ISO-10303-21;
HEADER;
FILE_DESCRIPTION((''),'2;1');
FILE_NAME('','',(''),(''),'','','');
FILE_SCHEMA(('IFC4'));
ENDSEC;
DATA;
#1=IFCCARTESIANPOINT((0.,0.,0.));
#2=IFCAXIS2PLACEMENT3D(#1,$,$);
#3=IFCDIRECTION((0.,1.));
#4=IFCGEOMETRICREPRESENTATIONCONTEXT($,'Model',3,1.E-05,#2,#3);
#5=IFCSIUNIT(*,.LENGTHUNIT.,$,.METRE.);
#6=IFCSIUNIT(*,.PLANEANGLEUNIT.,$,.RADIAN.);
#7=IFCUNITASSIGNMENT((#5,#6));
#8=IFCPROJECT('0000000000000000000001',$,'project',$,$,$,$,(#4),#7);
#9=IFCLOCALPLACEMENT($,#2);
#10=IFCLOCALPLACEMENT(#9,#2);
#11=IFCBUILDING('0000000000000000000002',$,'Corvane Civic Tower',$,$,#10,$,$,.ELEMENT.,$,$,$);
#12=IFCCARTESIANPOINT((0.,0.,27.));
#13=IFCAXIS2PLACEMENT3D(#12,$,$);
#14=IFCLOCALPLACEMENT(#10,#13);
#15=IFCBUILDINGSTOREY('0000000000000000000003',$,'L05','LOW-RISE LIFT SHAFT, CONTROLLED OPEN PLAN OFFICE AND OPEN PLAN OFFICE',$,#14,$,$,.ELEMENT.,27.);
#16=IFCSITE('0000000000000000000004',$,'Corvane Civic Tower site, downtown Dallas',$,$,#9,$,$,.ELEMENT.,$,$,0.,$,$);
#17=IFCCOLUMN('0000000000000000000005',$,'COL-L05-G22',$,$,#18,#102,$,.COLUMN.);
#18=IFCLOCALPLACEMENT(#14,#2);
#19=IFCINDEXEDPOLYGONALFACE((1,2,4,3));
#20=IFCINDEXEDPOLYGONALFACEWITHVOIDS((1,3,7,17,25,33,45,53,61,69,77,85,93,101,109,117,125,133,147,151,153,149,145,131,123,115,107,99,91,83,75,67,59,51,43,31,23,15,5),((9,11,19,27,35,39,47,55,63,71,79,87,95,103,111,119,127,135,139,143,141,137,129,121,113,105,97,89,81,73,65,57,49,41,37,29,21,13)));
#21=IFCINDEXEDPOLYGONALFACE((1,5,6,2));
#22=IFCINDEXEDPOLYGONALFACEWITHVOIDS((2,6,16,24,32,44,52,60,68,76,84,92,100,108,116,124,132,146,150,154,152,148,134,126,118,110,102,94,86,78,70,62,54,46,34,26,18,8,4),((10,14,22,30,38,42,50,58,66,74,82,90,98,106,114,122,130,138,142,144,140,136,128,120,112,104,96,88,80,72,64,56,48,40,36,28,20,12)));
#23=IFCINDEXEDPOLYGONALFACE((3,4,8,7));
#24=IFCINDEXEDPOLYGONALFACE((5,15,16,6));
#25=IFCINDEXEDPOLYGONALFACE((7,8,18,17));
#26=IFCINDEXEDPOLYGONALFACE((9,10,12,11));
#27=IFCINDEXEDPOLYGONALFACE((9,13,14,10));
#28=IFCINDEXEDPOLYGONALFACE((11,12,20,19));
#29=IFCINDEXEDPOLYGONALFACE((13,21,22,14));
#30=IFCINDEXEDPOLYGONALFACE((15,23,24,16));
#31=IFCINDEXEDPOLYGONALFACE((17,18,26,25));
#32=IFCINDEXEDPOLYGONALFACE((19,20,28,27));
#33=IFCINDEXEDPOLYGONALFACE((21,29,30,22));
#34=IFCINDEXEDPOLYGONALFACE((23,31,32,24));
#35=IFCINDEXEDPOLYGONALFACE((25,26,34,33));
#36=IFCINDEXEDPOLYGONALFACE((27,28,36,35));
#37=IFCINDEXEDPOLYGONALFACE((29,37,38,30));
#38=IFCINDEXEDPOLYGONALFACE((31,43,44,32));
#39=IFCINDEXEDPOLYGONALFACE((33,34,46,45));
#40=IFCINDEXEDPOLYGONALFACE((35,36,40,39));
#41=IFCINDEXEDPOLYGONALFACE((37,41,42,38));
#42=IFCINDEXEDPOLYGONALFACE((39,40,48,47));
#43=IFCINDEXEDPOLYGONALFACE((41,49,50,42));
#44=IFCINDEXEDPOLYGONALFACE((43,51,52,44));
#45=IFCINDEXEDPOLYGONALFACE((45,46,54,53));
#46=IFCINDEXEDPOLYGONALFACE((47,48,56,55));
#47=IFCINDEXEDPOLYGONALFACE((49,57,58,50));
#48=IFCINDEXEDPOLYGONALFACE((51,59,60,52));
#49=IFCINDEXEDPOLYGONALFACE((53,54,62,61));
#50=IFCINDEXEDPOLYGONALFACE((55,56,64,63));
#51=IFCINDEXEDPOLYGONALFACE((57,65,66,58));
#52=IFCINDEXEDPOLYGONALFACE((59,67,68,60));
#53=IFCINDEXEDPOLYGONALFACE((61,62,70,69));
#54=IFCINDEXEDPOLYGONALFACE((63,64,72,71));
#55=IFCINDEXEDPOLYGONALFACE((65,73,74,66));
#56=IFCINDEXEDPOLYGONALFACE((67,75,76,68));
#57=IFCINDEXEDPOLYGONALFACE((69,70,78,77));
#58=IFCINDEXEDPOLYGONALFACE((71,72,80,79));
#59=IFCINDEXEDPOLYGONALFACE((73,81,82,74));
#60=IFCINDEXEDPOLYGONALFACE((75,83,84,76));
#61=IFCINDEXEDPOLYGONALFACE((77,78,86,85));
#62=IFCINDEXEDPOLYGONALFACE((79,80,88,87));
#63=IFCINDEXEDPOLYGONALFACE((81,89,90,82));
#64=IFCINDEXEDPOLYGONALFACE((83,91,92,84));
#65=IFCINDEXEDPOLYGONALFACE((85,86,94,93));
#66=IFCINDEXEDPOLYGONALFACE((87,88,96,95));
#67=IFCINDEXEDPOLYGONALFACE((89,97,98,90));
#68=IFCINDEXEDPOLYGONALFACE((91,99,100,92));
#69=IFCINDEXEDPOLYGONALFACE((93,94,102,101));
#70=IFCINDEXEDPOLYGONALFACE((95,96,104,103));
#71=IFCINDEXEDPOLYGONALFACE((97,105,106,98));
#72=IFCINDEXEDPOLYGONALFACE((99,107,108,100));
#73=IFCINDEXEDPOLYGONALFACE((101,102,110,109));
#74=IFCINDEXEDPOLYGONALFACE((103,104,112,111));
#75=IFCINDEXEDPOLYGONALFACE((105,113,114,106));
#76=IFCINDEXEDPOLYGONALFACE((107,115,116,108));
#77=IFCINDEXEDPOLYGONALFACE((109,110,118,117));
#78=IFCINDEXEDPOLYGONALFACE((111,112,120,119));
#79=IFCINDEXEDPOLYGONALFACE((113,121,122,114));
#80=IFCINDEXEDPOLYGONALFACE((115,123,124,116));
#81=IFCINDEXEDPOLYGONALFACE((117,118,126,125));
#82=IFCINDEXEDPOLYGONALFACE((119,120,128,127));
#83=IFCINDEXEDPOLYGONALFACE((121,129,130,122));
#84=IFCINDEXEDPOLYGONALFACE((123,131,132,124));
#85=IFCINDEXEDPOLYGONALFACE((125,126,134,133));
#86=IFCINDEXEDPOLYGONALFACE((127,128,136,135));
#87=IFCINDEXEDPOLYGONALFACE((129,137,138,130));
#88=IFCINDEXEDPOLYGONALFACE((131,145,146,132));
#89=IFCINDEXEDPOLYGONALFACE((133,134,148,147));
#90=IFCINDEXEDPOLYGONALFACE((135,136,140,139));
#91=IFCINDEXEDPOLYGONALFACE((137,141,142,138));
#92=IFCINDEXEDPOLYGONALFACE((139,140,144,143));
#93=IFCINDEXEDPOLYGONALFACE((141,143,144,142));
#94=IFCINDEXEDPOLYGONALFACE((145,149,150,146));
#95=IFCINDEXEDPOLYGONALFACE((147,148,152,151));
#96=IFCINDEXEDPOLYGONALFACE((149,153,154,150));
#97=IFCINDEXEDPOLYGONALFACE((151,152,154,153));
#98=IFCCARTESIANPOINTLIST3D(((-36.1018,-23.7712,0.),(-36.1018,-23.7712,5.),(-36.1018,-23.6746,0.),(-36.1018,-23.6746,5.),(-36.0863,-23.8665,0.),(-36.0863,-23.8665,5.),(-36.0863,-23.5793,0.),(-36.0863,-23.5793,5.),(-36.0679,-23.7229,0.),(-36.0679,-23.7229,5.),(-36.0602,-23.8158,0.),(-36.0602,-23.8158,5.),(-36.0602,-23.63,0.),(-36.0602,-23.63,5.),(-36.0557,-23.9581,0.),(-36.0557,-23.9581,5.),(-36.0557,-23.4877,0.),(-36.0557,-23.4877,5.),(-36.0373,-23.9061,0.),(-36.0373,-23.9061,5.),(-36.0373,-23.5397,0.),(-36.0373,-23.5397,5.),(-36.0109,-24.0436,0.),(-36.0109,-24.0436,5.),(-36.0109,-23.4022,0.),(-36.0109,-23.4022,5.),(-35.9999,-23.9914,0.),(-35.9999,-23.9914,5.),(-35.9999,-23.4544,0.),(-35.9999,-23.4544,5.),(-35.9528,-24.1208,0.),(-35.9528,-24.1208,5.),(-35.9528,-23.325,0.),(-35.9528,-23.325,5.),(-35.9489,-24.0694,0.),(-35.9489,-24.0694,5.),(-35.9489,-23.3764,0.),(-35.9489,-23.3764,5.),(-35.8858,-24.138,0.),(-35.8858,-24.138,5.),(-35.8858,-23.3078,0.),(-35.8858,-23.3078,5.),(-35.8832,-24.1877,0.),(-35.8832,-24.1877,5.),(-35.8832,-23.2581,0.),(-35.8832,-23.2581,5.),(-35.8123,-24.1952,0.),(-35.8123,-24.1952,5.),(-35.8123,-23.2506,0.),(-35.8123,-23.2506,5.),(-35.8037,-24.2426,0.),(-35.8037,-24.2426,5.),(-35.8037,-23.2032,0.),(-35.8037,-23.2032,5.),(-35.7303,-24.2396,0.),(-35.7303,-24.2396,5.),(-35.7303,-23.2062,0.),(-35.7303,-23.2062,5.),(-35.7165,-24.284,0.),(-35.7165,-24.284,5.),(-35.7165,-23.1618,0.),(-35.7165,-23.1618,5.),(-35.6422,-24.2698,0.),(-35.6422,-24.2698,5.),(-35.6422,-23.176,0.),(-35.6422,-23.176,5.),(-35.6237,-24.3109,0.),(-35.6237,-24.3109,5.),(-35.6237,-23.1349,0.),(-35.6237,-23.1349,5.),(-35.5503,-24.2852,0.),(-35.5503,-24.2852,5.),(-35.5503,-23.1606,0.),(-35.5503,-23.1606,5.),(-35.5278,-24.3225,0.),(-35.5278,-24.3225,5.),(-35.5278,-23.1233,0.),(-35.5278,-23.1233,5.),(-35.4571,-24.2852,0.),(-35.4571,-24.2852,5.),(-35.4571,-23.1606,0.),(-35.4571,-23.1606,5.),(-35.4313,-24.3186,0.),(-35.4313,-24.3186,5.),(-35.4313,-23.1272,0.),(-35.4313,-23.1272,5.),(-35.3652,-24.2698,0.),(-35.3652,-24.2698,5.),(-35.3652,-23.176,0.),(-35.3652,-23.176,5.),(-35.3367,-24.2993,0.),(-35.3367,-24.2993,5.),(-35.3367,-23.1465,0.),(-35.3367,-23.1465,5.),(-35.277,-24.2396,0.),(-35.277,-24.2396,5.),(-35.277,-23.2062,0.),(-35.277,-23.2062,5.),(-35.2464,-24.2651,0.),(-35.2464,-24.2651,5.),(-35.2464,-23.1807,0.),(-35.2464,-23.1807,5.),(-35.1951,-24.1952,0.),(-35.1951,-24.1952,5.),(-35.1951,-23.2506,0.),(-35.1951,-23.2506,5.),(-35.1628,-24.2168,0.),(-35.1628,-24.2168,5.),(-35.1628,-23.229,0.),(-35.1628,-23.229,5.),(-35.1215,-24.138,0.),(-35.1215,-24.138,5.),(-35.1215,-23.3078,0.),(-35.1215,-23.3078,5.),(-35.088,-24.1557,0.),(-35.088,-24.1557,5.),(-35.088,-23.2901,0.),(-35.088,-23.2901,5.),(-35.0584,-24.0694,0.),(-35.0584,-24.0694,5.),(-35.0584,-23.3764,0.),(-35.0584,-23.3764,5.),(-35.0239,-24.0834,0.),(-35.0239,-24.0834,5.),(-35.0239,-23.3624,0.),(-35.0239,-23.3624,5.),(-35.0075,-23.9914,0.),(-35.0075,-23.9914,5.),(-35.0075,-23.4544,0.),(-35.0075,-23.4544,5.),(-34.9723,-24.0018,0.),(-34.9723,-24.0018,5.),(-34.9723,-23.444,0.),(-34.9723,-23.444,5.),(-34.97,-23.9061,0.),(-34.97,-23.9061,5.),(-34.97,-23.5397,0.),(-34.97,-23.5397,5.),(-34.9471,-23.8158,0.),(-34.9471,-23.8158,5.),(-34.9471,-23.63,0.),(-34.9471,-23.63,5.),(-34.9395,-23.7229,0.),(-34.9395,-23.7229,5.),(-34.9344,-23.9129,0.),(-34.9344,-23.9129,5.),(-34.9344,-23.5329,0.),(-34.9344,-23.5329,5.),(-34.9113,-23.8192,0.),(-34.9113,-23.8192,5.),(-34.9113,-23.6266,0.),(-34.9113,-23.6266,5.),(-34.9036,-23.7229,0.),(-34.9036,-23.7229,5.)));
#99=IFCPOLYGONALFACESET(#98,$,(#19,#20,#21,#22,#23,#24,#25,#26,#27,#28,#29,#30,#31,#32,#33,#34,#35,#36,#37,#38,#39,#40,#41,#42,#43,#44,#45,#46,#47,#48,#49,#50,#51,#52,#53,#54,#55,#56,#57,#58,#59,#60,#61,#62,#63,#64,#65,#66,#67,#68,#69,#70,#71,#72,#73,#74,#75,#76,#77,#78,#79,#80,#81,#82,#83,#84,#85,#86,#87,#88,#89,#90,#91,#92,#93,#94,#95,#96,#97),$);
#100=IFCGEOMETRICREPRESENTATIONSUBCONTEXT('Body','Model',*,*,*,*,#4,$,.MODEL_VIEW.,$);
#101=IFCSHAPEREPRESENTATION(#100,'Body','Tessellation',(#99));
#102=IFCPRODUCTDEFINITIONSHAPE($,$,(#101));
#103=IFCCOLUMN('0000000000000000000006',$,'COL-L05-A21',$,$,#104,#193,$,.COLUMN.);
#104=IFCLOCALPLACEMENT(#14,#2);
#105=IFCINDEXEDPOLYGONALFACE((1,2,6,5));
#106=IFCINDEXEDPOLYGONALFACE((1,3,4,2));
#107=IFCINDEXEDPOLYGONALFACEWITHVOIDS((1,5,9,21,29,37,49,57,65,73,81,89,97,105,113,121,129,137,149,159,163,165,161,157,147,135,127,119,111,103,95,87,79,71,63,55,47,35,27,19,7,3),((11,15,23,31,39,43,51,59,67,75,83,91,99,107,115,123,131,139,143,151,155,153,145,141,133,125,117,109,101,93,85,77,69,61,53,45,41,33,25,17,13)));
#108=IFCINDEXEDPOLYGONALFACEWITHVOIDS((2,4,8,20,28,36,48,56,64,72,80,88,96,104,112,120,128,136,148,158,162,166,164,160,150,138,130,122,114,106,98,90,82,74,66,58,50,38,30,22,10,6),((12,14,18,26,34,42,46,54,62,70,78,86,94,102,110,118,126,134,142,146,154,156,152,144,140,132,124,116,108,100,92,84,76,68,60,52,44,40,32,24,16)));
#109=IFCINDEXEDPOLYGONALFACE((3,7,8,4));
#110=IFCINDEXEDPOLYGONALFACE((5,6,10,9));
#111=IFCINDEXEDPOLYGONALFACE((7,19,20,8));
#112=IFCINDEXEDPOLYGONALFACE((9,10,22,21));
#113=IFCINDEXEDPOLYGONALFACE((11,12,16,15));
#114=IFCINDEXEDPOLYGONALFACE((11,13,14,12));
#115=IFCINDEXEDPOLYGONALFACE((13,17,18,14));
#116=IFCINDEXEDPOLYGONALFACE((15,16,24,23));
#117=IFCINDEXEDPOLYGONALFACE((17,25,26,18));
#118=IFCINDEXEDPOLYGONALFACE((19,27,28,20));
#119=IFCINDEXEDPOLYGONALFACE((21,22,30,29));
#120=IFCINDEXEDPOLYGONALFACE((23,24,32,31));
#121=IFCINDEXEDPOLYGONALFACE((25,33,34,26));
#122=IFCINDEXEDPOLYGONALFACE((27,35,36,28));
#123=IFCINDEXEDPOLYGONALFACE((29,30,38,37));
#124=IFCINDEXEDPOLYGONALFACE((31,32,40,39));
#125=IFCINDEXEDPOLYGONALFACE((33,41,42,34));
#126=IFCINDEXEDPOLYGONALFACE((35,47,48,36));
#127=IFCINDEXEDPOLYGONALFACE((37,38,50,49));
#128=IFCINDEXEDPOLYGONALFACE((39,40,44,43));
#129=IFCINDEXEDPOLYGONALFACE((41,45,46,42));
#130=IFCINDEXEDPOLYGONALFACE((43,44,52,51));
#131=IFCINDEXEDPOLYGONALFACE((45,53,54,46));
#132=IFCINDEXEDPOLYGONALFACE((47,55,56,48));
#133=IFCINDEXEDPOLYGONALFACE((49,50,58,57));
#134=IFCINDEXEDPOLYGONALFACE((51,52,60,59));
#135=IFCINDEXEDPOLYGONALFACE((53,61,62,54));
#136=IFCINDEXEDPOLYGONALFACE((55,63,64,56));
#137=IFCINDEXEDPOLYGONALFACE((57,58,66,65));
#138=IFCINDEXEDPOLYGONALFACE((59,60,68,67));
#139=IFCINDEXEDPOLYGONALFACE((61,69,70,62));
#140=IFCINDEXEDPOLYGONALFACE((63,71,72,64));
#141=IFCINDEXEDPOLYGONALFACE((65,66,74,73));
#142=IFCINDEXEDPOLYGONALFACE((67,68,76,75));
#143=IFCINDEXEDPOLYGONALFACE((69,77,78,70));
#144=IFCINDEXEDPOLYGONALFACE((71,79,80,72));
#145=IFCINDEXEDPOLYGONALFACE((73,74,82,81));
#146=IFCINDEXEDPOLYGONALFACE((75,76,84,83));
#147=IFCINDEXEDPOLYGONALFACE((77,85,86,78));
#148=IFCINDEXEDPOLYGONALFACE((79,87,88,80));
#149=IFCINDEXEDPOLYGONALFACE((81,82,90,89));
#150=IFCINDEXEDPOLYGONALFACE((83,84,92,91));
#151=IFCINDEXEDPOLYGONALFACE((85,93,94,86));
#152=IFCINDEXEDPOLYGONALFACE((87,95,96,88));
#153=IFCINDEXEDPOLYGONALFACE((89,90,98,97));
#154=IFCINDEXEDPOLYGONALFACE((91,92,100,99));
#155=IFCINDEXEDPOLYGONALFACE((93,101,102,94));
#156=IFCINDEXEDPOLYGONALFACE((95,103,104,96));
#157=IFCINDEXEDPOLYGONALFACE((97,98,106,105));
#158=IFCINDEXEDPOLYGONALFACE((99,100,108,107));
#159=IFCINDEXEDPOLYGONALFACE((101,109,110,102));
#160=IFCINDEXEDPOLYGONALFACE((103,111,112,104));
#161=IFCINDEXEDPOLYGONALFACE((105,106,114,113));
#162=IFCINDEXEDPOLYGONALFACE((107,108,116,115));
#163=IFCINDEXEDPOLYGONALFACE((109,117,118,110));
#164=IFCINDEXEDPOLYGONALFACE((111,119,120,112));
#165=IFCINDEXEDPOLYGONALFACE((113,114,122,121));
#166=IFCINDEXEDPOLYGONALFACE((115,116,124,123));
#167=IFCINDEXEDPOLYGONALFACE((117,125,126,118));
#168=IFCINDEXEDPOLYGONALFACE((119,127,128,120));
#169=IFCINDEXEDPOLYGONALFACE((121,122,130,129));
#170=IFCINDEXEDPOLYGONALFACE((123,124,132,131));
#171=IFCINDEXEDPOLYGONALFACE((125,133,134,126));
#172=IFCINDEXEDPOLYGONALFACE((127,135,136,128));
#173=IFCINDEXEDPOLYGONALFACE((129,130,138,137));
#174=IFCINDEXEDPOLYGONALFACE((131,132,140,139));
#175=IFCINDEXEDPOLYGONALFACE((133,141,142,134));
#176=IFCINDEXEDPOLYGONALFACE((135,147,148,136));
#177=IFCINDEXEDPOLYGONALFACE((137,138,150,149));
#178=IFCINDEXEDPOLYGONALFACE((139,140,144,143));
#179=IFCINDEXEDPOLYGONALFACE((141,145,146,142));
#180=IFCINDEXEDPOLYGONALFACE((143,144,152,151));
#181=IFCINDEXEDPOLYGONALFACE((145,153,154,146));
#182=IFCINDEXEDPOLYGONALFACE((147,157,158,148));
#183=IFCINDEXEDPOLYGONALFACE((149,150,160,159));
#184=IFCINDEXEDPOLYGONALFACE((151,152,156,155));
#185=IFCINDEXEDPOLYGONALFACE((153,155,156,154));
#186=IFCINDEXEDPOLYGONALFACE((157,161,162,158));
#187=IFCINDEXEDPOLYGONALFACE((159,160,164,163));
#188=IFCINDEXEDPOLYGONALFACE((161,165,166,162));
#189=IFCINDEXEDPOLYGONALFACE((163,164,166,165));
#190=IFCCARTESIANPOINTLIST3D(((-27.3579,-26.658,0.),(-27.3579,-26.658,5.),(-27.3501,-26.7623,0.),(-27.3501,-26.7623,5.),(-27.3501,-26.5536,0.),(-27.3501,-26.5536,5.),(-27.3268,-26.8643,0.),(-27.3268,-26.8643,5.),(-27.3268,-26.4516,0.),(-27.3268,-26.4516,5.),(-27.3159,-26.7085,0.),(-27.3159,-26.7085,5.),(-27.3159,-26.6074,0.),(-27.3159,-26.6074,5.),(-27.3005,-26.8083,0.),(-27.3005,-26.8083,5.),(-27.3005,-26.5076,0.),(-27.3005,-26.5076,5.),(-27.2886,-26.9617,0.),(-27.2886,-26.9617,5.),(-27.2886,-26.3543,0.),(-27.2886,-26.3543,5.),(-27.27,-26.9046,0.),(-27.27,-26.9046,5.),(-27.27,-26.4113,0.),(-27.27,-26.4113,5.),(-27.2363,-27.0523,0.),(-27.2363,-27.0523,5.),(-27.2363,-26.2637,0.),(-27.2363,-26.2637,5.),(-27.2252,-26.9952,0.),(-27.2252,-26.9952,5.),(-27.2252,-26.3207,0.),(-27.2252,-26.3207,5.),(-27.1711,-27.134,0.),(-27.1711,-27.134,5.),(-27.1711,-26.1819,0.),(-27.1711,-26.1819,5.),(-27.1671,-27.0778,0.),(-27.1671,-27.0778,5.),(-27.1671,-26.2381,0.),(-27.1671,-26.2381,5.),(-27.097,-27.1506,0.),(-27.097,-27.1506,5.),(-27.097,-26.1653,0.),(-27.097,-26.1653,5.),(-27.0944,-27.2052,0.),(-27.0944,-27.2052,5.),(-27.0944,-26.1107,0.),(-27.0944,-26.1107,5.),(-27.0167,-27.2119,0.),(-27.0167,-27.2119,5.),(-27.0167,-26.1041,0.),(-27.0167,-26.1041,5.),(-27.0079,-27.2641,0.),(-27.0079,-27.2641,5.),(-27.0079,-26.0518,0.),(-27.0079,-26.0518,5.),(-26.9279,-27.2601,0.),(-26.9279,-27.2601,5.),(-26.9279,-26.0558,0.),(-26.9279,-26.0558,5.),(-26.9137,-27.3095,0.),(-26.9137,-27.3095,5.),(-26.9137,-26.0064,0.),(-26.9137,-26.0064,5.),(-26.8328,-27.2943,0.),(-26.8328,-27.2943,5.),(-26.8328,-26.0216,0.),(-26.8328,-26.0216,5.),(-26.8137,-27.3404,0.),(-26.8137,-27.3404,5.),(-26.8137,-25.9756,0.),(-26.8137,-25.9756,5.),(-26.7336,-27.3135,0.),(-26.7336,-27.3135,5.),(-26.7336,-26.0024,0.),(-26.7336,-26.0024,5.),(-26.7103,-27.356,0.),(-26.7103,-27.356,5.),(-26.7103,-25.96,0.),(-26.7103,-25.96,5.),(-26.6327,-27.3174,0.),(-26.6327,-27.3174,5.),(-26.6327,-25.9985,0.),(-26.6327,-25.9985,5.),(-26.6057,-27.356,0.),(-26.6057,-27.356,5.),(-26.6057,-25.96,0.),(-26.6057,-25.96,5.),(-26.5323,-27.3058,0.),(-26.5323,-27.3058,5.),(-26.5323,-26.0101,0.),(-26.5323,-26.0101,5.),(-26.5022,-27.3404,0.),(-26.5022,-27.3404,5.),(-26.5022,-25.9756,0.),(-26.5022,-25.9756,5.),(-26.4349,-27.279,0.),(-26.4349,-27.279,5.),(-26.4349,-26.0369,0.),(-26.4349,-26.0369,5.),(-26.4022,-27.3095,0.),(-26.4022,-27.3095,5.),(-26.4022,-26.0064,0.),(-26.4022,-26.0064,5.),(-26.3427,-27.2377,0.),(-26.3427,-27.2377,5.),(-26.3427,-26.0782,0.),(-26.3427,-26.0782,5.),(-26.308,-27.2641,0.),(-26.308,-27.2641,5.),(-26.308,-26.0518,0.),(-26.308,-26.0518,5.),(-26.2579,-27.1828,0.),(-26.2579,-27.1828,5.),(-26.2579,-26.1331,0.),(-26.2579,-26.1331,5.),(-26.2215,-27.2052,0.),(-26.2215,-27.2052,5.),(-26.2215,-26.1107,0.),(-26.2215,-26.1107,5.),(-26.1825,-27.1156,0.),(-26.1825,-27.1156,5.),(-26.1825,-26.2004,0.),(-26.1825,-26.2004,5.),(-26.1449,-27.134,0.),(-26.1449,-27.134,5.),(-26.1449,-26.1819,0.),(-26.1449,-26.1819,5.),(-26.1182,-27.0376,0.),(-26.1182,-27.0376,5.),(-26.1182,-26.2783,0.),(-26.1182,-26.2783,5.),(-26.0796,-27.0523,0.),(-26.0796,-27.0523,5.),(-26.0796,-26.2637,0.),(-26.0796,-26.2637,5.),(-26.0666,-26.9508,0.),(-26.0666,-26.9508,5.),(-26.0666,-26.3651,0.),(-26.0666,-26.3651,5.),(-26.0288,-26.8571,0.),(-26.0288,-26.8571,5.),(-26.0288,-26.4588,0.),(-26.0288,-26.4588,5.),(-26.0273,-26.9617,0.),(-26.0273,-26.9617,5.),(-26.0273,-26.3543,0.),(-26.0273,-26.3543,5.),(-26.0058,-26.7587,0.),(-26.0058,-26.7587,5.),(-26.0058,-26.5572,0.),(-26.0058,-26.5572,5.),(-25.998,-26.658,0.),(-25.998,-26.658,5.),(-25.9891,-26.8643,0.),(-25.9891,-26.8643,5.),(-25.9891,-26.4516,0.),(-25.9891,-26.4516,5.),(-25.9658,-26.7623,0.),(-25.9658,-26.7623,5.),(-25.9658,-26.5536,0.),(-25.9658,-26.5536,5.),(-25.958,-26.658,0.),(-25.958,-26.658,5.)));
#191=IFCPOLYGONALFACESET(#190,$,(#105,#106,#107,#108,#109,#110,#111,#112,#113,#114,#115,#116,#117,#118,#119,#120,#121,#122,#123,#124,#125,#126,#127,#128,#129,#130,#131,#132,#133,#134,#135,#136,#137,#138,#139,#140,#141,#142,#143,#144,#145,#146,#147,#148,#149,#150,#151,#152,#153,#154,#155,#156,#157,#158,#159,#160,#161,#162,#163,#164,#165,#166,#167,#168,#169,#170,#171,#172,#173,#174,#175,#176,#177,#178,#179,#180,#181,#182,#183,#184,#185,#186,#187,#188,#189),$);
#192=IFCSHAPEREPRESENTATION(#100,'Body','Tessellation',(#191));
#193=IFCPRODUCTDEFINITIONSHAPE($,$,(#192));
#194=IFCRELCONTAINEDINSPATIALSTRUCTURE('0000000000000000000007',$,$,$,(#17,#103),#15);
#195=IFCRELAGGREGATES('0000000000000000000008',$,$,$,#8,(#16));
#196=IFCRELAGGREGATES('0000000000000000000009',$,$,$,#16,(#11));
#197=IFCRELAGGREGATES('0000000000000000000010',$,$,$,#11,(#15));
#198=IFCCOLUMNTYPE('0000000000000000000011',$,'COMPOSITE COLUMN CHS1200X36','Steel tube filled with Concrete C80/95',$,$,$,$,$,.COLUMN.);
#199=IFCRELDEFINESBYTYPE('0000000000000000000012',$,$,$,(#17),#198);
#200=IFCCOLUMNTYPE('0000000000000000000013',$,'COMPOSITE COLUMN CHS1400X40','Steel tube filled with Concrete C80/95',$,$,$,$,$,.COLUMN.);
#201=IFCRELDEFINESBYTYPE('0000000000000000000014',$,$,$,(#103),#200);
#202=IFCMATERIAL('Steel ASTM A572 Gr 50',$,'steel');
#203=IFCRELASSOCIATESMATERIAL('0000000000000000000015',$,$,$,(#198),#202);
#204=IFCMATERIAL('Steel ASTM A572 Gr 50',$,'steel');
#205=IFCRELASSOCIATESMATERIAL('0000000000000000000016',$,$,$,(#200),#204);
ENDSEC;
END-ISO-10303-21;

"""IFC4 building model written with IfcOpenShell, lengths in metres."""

from ifc_helpers import new_model, si_unit, direction, frame, origin, origin_2d, place, context, subcontext, project, spatial, hollow_circle, extrude, material, material_profile, profile_set, type_object, element, save


model = new_model("IFC4")

# Units and contexts
model_context = context("Model", 3, precision=1e-05, world=origin(), true_north=direction((0.0, 1.0)))
body_context = subcontext(model_context, "Body", "Model", "MODEL_VIEW")
ifc_project = project(units=[si_unit("LENGTHUNIT", "METRE"), si_unit("PLANEANGLEUNIT", "RADIAN")], contexts=[model_context])

# Site, building, storey
site_placement = place(None, origin())
site = spatial("IfcSite", under=ifc_project, at=site_placement, Name="Corvane Civic Tower site, downtown Dallas", CompositionType="ELEMENT", RefElevation=0.0)
building_placement = place(site_placement, origin())
building = spatial("IfcBuilding", under=site, at=building_placement, Name="Corvane Civic Tower", CompositionType="ELEMENT")
storey_placement = place(building_placement, frame((0.0, 0.0, 27.0)))
storey = spatial("IfcBuildingStorey", under=building, at=storey_placement, Name="L05", Description="LOW-RISE LIFT SHAFT, CONTROLLED OPEN PLAN OFFICE AND OPEN PLAN OFFICE", CompositionType="ELEMENT", Elevation=27.0)

# Columns
ifc_material_1 = material(Name="Steel ASTM A572 Gr 50", Category="steel")
ifc_material_profile_1 = material_profile(ifc_material_1, hollow_circle(Radius=0.6001, WallThickness=0.0359, at=origin_2d()), Name="CHS1200X36")
ifc_profile_set_1 = profile_set([ifc_material_profile_1], Name="Steel ASTM A572 Gr 50")
column_type_1 = type_object("IfcColumnType", Name="COMPOSITE COLUMN CHS1200X36", Description="Steel tube filled with Concrete C80/95", PredefinedType="COLUMN", material=ifc_profile_set_1)
for number, where, z_axis, x_axis, name in (
    (1, (-35.5037, -23.7229, 0.0), (0.0, 0.0, 1.0), (1.0, 0.0, 0.0), "COL-L05-G22"),
):
    element("IfcColumn", number, at=place(storey_placement, frame(where, z_axis=z_axis, x_axis=x_axis)), inside=storey, type_object=column_type_1, Name=name, PredefinedType="COLUMN", context=body_context, shape_type="SweptSolid", body=[
        extrude(hollow_circle(Radius=0.6001, WallThickness=0.0359, at=origin_2d()), origin(), (0.0, 0.0, 1.0), 5.0),
    ])
ifc_material_2 = material(Name="Steel ASTM A572 Gr 50", Category="steel")
ifc_material_profile_2 = material_profile(ifc_material_2, hollow_circle(Radius=0.7, WallThickness=0.04, at=origin_2d()), Name="CHS1400X40")
ifc_profile_set_2 = profile_set([ifc_material_profile_2], Name="Steel ASTM A572 Gr 50")
column_type_2 = type_object("IfcColumnType", Name="COMPOSITE COLUMN CHS1400X40", Description="Steel tube filled with Concrete C80/95", PredefinedType="COLUMN", material=ifc_profile_set_2)
for number, where, z_axis, x_axis, name in (
    (2, (-26.658, -26.658, 0.0), (0.0, 0.0, 1.0), (1.0, 0.0, 0.0), "COL-L05-A21"),
):
    element("IfcColumn", number, at=place(storey_placement, frame(where, z_axis=z_axis, x_axis=x_axis)), inside=storey, type_object=column_type_2, Name=name, PredefinedType="COLUMN", context=body_context, shape_type="SweptSolid", body=[
        extrude(hollow_circle(Radius=0.7, WallThickness=0.04, at=origin_2d()), origin(), (0.0, 0.0, 1.0), 5.0),
    ])

save(model, "model.ifc")
